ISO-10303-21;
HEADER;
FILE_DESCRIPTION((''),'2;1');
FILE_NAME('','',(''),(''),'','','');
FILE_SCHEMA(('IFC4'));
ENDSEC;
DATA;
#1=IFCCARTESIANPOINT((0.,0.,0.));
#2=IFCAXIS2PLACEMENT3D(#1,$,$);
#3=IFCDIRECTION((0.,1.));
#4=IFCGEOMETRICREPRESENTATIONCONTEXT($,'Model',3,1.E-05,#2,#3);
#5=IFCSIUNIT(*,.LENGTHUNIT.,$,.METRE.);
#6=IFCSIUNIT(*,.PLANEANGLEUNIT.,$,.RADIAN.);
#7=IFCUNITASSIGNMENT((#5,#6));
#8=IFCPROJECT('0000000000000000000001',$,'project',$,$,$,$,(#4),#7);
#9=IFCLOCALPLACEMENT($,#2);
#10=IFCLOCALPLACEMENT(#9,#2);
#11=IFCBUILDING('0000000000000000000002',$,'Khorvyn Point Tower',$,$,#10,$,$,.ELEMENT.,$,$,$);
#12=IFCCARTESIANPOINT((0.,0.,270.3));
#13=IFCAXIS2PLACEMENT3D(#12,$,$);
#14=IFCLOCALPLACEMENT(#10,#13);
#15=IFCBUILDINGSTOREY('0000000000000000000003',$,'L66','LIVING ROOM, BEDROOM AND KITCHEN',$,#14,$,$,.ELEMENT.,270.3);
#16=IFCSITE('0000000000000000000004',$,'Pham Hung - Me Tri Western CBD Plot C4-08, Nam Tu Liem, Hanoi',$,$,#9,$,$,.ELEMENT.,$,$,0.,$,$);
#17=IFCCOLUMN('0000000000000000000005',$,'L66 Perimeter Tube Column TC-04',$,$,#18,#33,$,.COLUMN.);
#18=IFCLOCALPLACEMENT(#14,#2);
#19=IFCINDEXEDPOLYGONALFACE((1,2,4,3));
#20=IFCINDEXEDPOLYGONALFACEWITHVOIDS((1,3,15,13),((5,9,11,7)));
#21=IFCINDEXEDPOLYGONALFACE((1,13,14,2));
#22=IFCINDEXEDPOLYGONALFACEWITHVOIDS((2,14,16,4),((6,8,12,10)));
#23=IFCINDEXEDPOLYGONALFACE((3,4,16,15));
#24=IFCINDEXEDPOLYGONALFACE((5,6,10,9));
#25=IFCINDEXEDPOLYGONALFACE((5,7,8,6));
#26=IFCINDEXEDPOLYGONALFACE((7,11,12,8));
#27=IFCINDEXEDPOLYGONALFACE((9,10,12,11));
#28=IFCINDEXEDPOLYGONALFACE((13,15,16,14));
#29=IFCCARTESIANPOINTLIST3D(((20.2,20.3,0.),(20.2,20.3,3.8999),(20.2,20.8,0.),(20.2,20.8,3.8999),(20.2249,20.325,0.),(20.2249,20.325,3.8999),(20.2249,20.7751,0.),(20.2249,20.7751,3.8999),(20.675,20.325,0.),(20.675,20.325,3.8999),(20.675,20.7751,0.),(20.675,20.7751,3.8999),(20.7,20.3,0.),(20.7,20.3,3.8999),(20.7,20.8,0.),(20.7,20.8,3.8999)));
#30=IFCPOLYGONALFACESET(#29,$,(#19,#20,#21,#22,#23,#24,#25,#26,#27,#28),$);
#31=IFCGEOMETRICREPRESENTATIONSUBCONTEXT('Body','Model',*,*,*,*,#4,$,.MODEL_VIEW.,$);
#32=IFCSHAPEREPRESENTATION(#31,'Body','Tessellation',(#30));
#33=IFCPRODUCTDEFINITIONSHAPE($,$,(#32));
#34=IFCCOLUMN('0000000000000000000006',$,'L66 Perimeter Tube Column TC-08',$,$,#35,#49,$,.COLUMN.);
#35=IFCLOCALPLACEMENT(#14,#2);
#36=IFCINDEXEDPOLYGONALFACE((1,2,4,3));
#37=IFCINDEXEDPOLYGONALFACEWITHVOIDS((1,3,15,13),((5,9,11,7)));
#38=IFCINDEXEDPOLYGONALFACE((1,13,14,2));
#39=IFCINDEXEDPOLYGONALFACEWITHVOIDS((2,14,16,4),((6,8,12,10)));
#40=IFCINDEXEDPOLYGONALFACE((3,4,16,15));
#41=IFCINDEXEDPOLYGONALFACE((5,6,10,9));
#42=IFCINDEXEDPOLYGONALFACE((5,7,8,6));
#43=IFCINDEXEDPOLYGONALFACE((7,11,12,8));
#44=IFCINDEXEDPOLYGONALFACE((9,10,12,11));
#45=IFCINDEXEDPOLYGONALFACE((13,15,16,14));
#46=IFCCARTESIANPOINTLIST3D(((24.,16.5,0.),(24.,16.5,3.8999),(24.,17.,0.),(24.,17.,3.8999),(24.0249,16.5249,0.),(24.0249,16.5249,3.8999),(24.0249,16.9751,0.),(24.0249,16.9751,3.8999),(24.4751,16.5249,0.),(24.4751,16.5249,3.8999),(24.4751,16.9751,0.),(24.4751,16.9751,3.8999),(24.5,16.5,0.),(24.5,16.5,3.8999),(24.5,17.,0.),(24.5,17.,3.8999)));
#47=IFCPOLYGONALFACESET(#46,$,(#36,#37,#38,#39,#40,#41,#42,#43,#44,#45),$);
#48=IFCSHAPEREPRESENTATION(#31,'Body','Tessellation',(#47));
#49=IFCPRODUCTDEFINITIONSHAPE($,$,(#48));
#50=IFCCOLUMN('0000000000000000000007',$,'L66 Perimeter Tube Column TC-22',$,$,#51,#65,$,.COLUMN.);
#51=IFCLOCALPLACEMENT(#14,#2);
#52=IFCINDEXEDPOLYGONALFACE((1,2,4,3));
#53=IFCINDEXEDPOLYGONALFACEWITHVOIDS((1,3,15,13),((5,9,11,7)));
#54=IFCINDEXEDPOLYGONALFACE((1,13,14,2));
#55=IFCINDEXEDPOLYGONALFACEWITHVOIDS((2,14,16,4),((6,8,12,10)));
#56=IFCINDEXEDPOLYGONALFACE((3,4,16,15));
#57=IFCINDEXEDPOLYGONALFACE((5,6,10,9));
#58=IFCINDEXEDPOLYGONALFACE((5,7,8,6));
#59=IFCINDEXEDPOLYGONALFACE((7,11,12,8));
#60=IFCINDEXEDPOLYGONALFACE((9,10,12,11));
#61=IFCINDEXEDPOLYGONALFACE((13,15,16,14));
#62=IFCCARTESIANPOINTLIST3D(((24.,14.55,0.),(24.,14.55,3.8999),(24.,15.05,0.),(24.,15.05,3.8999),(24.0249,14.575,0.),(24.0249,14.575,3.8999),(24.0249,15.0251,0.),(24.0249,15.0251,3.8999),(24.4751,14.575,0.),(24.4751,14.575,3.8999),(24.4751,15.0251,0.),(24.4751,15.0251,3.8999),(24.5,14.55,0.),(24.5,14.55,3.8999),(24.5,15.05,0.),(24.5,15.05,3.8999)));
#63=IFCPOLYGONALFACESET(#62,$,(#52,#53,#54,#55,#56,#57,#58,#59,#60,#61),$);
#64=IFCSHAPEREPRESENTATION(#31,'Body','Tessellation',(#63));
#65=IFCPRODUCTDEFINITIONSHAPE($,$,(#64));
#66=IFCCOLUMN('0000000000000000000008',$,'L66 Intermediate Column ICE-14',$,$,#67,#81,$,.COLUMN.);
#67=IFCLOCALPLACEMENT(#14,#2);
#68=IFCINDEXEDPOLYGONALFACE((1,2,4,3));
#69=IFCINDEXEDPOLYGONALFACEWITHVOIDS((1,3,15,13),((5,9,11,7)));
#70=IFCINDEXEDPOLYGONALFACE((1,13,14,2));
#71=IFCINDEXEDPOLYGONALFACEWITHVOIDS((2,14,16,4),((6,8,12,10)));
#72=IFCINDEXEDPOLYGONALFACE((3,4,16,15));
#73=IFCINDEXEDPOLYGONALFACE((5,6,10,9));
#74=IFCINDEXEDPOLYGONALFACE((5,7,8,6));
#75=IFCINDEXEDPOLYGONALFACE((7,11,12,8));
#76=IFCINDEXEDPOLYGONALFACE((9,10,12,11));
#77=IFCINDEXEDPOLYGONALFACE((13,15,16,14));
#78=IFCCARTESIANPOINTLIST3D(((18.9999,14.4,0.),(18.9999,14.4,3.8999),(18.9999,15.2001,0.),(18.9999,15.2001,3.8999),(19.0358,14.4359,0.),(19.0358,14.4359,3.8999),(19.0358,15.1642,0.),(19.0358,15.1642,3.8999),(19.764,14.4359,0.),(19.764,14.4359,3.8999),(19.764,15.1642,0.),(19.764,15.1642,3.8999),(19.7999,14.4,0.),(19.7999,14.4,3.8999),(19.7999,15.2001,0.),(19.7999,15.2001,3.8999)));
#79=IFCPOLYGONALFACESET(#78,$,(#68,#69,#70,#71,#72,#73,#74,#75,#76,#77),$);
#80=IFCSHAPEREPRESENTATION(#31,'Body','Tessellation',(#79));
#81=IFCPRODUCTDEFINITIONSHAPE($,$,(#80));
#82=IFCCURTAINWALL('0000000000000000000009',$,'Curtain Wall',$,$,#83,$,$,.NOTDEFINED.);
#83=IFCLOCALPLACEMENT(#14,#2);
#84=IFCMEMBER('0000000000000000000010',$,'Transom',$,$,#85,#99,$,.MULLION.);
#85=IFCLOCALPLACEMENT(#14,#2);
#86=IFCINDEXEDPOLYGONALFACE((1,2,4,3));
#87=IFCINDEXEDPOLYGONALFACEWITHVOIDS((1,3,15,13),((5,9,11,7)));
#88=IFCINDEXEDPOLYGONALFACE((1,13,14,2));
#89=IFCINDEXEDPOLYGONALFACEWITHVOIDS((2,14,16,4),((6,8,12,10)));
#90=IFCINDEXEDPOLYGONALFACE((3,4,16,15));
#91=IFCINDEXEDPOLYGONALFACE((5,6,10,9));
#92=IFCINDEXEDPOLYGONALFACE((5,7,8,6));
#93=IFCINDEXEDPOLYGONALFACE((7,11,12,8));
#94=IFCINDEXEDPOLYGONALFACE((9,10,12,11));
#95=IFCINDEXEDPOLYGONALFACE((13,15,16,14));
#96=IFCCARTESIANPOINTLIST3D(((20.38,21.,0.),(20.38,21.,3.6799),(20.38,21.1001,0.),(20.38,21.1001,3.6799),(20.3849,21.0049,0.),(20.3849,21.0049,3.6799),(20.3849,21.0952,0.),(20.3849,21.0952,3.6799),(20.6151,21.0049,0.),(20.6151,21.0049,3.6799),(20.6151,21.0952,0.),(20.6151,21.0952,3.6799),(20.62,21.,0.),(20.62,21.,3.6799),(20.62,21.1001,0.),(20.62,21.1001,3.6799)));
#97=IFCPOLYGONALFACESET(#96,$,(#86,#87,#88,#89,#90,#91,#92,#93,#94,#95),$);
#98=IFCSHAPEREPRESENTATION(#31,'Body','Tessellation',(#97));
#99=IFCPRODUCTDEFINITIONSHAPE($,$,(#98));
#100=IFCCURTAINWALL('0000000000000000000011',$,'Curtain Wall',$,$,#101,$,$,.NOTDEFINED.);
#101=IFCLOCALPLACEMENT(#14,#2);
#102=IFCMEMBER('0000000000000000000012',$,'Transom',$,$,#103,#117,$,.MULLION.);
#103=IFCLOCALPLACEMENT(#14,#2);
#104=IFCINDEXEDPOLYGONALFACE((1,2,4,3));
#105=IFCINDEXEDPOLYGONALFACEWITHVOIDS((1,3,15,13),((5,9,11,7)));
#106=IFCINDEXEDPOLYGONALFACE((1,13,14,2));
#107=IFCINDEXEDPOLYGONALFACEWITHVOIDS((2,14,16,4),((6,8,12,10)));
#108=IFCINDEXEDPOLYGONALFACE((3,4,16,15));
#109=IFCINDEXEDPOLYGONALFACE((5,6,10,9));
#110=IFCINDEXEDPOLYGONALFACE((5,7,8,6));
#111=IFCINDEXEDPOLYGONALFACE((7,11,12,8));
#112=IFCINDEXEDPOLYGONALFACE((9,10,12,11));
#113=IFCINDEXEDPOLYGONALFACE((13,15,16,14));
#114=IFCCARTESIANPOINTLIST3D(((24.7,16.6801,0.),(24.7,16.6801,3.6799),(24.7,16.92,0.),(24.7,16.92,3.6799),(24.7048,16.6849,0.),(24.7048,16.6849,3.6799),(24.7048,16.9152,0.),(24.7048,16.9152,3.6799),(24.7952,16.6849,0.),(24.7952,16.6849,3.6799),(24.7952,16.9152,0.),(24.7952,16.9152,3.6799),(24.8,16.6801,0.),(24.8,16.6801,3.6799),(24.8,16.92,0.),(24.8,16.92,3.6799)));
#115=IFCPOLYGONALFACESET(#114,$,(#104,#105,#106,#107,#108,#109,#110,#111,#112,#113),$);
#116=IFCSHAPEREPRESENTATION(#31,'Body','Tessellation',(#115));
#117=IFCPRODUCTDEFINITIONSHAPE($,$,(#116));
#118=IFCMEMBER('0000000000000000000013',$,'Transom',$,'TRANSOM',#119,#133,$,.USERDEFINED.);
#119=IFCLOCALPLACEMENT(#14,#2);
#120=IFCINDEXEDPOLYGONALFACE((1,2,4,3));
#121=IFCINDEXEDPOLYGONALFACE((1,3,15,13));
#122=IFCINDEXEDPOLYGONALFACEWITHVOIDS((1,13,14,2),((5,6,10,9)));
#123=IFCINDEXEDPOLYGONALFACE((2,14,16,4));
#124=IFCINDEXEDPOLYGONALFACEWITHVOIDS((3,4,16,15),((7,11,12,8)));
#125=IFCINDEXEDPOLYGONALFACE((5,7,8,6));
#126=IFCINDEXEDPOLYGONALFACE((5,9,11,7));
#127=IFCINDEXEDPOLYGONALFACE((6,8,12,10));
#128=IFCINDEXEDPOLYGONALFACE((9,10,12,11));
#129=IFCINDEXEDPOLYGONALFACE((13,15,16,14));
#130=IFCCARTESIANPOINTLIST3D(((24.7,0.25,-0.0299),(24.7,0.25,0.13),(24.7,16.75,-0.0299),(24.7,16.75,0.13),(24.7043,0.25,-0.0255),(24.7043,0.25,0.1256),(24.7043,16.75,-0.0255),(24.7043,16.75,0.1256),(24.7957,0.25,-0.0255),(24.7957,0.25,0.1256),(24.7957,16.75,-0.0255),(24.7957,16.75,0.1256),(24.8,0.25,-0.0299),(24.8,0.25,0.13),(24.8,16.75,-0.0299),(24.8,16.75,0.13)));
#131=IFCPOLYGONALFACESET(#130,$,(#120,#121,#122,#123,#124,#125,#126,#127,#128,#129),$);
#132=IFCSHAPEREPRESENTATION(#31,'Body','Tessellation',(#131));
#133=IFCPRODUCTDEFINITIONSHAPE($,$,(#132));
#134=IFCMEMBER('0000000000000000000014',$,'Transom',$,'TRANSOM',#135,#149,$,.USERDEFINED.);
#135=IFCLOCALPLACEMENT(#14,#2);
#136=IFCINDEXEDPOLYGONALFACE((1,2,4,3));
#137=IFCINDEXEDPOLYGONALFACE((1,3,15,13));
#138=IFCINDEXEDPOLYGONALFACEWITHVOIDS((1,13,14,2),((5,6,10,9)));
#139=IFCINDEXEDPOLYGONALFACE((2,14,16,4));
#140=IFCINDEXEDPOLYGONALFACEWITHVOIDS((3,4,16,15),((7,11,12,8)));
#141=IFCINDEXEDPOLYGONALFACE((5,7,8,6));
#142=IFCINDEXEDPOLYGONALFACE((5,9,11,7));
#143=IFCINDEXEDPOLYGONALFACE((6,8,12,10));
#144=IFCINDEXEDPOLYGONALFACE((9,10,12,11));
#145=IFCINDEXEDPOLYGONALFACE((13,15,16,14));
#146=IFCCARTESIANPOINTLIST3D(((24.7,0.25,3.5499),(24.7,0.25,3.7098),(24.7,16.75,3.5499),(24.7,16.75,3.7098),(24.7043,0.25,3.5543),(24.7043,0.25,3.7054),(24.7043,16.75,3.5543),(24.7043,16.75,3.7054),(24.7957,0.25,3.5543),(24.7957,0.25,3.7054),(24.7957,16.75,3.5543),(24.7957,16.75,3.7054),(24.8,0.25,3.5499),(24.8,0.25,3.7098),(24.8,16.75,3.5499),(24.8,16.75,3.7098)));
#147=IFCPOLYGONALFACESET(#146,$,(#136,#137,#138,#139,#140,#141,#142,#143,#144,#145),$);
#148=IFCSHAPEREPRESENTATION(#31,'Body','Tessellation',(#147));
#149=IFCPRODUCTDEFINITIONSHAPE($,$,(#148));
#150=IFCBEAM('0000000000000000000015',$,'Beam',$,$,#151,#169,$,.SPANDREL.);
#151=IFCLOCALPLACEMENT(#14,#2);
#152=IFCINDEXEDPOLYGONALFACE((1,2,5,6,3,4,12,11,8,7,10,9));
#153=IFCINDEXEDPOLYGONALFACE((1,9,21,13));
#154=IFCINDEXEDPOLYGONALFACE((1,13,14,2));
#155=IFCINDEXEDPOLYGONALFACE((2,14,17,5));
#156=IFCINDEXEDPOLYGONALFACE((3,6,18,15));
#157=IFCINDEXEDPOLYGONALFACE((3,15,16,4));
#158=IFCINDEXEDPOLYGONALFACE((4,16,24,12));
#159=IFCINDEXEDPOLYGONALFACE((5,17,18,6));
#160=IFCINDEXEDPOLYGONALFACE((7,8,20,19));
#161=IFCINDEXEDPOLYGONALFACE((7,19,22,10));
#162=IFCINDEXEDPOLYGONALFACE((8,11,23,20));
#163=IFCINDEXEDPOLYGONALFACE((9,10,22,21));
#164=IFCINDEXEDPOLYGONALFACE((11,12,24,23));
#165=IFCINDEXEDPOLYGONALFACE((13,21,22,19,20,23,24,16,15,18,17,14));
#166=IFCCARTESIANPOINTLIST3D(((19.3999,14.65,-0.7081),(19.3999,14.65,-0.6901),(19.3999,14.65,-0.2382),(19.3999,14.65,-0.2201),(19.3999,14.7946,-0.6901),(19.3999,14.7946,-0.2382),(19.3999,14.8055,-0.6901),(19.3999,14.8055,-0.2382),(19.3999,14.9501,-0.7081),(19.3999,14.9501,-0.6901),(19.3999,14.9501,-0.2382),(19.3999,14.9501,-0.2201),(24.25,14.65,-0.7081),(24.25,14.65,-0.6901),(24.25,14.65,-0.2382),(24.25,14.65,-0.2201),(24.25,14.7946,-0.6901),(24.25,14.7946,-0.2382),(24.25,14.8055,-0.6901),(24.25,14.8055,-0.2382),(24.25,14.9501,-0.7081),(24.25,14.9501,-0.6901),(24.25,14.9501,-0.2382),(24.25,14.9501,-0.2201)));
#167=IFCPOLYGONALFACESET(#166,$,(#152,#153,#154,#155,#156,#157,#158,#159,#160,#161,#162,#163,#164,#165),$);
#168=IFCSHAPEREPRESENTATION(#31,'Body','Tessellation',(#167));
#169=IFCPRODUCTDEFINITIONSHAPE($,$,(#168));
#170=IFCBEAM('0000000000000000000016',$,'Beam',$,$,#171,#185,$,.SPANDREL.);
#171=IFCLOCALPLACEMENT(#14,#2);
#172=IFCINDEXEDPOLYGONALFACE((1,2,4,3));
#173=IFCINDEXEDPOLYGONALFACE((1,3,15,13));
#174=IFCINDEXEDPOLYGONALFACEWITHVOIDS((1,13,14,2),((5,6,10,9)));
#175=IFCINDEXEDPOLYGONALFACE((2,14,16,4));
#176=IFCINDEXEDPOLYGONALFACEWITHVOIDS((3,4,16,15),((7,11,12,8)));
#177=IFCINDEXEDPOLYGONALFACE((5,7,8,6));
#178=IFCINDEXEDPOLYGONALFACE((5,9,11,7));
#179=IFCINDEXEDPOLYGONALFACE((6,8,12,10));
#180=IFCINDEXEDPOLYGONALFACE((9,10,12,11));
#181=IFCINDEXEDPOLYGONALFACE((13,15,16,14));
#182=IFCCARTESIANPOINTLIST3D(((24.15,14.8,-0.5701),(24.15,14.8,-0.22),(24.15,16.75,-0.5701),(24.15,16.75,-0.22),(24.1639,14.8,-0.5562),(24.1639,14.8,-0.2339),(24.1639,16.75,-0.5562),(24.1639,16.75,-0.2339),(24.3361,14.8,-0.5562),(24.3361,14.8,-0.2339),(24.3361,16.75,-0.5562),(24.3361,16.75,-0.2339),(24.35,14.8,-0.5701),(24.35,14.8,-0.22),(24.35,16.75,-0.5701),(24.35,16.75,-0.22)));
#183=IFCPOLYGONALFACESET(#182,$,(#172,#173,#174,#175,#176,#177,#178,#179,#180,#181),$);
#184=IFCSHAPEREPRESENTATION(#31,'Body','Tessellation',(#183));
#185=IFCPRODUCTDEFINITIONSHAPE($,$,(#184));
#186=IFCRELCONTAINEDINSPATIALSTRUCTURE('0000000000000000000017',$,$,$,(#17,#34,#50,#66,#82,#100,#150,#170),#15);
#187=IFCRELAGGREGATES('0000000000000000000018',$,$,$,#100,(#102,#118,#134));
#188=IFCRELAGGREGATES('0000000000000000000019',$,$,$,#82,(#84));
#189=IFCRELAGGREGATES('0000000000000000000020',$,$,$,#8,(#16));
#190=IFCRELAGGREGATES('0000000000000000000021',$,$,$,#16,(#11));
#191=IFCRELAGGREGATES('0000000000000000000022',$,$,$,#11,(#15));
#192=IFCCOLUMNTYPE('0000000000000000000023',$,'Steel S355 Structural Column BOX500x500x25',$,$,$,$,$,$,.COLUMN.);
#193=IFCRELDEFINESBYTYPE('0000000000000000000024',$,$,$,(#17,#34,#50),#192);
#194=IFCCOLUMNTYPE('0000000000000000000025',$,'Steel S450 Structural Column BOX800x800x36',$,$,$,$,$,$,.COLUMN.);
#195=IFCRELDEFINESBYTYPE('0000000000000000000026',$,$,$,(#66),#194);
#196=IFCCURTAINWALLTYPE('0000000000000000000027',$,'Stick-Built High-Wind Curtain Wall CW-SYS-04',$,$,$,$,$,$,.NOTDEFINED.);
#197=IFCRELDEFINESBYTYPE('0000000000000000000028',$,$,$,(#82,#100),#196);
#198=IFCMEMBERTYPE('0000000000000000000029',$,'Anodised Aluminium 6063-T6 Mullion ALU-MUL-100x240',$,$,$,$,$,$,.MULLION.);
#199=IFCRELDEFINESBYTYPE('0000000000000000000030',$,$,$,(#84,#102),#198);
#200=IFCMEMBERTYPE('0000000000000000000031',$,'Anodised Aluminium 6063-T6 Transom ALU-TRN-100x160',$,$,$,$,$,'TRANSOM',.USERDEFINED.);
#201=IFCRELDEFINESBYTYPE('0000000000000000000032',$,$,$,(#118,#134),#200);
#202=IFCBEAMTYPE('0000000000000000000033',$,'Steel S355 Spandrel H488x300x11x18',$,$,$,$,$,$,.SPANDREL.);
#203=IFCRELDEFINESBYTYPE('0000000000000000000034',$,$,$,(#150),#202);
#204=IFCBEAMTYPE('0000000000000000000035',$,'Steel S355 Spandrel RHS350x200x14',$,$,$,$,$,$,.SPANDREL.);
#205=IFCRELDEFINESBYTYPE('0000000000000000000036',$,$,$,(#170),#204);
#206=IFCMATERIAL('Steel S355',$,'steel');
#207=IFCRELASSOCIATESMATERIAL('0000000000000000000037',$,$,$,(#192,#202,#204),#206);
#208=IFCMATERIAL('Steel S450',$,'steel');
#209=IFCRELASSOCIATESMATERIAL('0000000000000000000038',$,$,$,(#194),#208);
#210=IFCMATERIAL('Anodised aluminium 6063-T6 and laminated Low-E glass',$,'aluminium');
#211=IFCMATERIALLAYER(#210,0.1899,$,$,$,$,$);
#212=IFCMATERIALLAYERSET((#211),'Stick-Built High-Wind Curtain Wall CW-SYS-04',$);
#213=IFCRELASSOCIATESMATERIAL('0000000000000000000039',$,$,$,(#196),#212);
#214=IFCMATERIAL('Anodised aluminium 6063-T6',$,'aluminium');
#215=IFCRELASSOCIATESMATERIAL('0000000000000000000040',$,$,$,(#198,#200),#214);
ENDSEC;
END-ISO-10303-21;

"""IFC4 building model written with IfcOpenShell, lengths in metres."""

from ifc_helpers import new_model, si_unit, direction, frame, origin, origin_2d, place, context, subcontext, project, spatial, hollow_rectangle, i_section, extrude, material, layer, layer_set, material_profile, profile_set, type_object, element, aggregate, save


model = new_model("IFC4")

# Units and contexts
model_context = context("Model", 3, precision=1e-05, world=origin(), true_north=direction((0.0, 1.0)))
body_context = subcontext(model_context, "Body", "Model", "MODEL_VIEW")
ifc_project = project(units=[si_unit("LENGTHUNIT", "METRE"), si_unit("PLANEANGLEUNIT", "RADIAN")], contexts=[model_context])

# Site, building, storey
site_placement = place(None, origin())
site = spatial("IfcSite", under=ifc_project, at=site_placement, Name="Pham Hung - Me Tri Western CBD Plot C4-08, Nam Tu Liem, Hanoi", CompositionType="ELEMENT", RefElevation=0.0)
building_placement = place(site_placement, origin())
building = spatial("IfcBuilding", under=site, at=building_placement, Name="Khorvyn Point Tower", CompositionType="ELEMENT")
storey_placement = place(building_placement, frame((0.0, 0.0, 270.3)))
storey = spatial("IfcBuildingStorey", under=building, at=storey_placement, Name="L66", Description="LIVING ROOM, BEDROOM AND KITCHEN", CompositionType="ELEMENT", Elevation=270.3)

# Columns
ifc_material_1 = material(Name="Steel S355", Category="steel")
ifc_material_profile_1 = material_profile(ifc_material_1, hollow_rectangle(XDim=0.5, YDim=0.5, WallThickness=0.0249, at=origin_2d()))
ifc_profile_set_1 = profile_set([ifc_material_profile_1], Name="Steel S355 BOX500x500x25")
column_type_1 = type_object("IfcColumnType", Name="Steel S355 Structural Column BOX500x500x25", PredefinedType="COLUMN", material=ifc_profile_set_1)
for number, where, z_axis, x_axis, name in (
    (1, (20.45, 20.55, 0.0), (0.0, 0.0, 1.0), (1.0, 0.0, 0.0), "L66 Perimeter Tube Column TC-04"),
    (2, (24.25, 16.75, 0.0), (0.0, 0.0, 1.0), (1.0, 0.0, 0.0), "L66 Perimeter Tube Column TC-08"),
    (3, (24.25, 14.8, 0.0), (0.0, 0.0, 1.0), (1.0, 0.0, 0.0), "L66 Perimeter Tube Column TC-22"),
):
    element("IfcColumn", number, at=place(storey_placement, frame(where, z_axis=z_axis, x_axis=x_axis)), inside=storey, type_object=column_type_1, Name=name, PredefinedType="COLUMN", context=body_context, shape_type="SweptSolid", body=[
        extrude(hollow_rectangle(XDim=0.5, YDim=0.5, WallThickness=0.0249, at=origin_2d()), origin(), (0.0, 0.0, 1.0), 3.8999),
    ])
ifc_material_2 = material(Name="Steel S450", Category="steel")
ifc_material_profile_2 = material_profile(ifc_material_2, hollow_rectangle(XDim=0.8, YDim=0.8, WallThickness=0.0359, at=origin_2d()))
ifc_profile_set_2 = profile_set([ifc_material_profile_2], Name="Steel S450 BOX800x800x36")
column_type_2 = type_object("IfcColumnType", Name="Steel S450 Structural Column BOX800x800x36", PredefinedType="COLUMN", material=ifc_profile_set_2)
column_placement = place(storey_placement, frame((19.3999, 14.8, 0.0), z_axis=(0.0, 0.0, 1.0), x_axis=(1.0, 0.0, 0.0)))
element("IfcColumn", 4, at=column_placement, inside=storey, type_object=column_type_2, Name="L66 Intermediate Column ICE-14", PredefinedType="COLUMN", context=body_context, shape_type="SweptSolid", body=[
    extrude(hollow_rectangle(XDim=0.8, YDim=0.8, WallThickness=0.0359, at=origin_2d()), origin(), (0.0, 0.0, 1.0), 3.8999),
])

# Curtain wall, member
ifc_material_3 = material(Name="Anodised aluminium 6063-T6 and laminated Low-E glass", Category="aluminium")
ifc_layer_1 = layer(ifc_material_3, 0.1899)
ifc_layer_set_1 = layer_set([ifc_layer_1], Name="Stick-Built High-Wind Curtain Wall CW-SYS-04")
curtain_wall_type = type_object("IfcCurtainWallType", Name="Stick-Built High-Wind Curtain Wall CW-SYS-04", PredefinedType="NOTDEFINED", material=ifc_layer_set_1)
curtain_wall_1_placement = place(storey_placement, origin())
curtain_wall_1 = element("IfcCurtainWall", 5, at=curtain_wall_1_placement, inside=storey, type_object=curtain_wall_type, Name="Curtain Wall", PredefinedType="NOTDEFINED")
ifc_material_4 = material(Name="Anodised aluminium 6063-T6", Category="aluminium")
ifc_material_profile_3 = material_profile(ifc_material_4, hollow_rectangle(XDim=0.1001, YDim=0.24, WallThickness=0.0049, at=origin_2d()))
ifc_profile_set_3 = profile_set([ifc_material_profile_3], Name="Anodised aluminium 6063-T6 ALU-MUL-100x240")
member_type_1 = type_object("IfcMemberType", Name="Anodised Aluminium 6063-T6 Mullion ALU-MUL-100x240", PredefinedType="MULLION", material=ifc_profile_set_3)
member_1_placement = place(storey_placement, frame((20.5, 21.05, 0.0), z_axis=(0.0, 0.0, 1.0), x_axis=(0.0, 1.0, 0.0)))
member_1 = element("IfcMember", 6, at=member_1_placement, type_object=member_type_1, Name="Transom", PredefinedType="MULLION", context=body_context, shape_type="SweptSolid", body=[
    extrude(hollow_rectangle(XDim=0.1001, YDim=0.24, WallThickness=0.0049, at=origin_2d()), origin(), (0.0, 0.0, 1.0), 3.6799),
])

# Curtain wall, members
curtain_wall_2_placement = place(storey_placement, origin())
curtain_wall_2 = element("IfcCurtainWall", 7, at=curtain_wall_2_placement, inside=storey, type_object=curtain_wall_type, Name="Curtain Wall", PredefinedType="NOTDEFINED")
member_2_placement = place(storey_placement, frame((24.75, 16.8, 0.0), z_axis=(0.0, 0.0, 1.0), x_axis=(1.0, 0.0, 0.0)))
member_2 = element("IfcMember", 8, at=member_2_placement, type_object=member_type_1, Name="Transom", PredefinedType="MULLION", context=body_context, shape_type="SweptSolid", body=[
    extrude(hollow_rectangle(XDim=0.1001, YDim=0.24, WallThickness=0.0049, at=origin_2d()), origin(), (0.0, 0.0, 1.0), 3.6799),
])
ifc_material_profile_4 = material_profile(ifc_material_4, hollow_rectangle(XDim=0.1001, YDim=0.1599, WallThickness=0.0044, at=origin_2d()))
ifc_profile_set_4 = profile_set([ifc_material_profile_4], Name="Anodised aluminium 6063-T6 ALU-TRN-100x160")
member_type_2 = type_object("IfcMemberType", Name="Anodised Aluminium 6063-T6 Transom ALU-TRN-100x160", ElementType="TRANSOM", PredefinedType="USERDEFINED", material=ifc_profile_set_4)
member_3_placement = place(storey_placement, frame((24.75, 16.75, 0.05), z_axis=(0.0, -1.0, 0.0), x_axis=(1.0, 0.0, 0.0)))
member_3 = element("IfcMember", 9, at=member_3_placement, type_object=member_type_2, Name="Transom", ObjectType="TRANSOM", PredefinedType="USERDEFINED", context=body_context, shape_type="SweptSolid", body=[
    extrude(hollow_rectangle(XDim=0.1001, YDim=0.1599, WallThickness=0.0044, at=origin_2d()), origin(), (0.0, 0.0, 1.0), 16.5),
])
member_4_placement = place(storey_placement, frame((24.75, 16.75, 3.6299), z_axis=(0.0, -1.0, 0.0), x_axis=(1.0, 0.0, 0.0)))
member_4 = element("IfcMember", 10, at=member_4_placement, type_object=member_type_2, Name="Transom", ObjectType="TRANSOM", PredefinedType="USERDEFINED", context=body_context, shape_type="SweptSolid", body=[
    extrude(hollow_rectangle(XDim=0.1001, YDim=0.1599, WallThickness=0.0044, at=origin_2d()), origin(), (0.0, 0.0, 1.0), 16.5),
])
aggregate(curtain_wall_2, [member_2, member_3, member_4])

# Beams
ifc_material_profile_5 = material_profile(ifc_material_1, i_section(OverallWidth=0.3, OverallDepth=0.488, WebThickness=0.011, FlangeThickness=0.0181, at=origin_2d()))
ifc_profile_set_5 = profile_set([ifc_material_profile_5], Name="Steel S355 H488x300x11x18")
beam_type_1 = type_object("IfcBeamType", Name="Steel S355 Spandrel H488x300x11x18", PredefinedType="SPANDREL", material=ifc_profile_set_5)
beam_1_placement = place(storey_placement, frame((19.3999, 14.8, -0.4641), z_axis=(1.0, 0.0, 0.0), x_axis=(0.0, 1.0, 0.0)))
element("IfcBeam", 11, at=beam_1_placement, inside=storey, type_object=beam_type_1, Name="Beam", PredefinedType="SPANDREL", context=body_context, shape_type="SweptSolid", body=[
    extrude(i_section(OverallWidth=0.3, OverallDepth=0.488, WebThickness=0.011, FlangeThickness=0.0181, at=origin_2d()), origin(), (0.0, 0.0, 1.0), 4.8501),
])
ifc_material_profile_6 = material_profile(ifc_material_1, hollow_rectangle(XDim=0.2, YDim=0.3501, WallThickness=0.0139, at=origin_2d()))
ifc_profile_set_6 = profile_set([ifc_material_profile_6], Name="Steel S355 RHS350x200x14")
beam_type_2 = type_object("IfcBeamType", Name="Steel S355 Spandrel RHS350x200x14", PredefinedType="SPANDREL", material=ifc_profile_set_6)
beam_2_placement = place(storey_placement, frame((24.25, 14.8, -0.395), z_axis=(0.0, 1.0, 0.0), x_axis=(-1.0, 0.0, 0.0)))
element("IfcBeam", 12, at=beam_2_placement, inside=storey, type_object=beam_type_2, Name="Beam", PredefinedType="SPANDREL", context=body_context, shape_type="SweptSolid", body=[
    extrude(hollow_rectangle(XDim=0.2, YDim=0.3501, WallThickness=0.0139, at=origin_2d()), origin(), (0.0, 0.0, 1.0), 1.95),
])

aggregate(curtain_wall_1, [member_1])

save(model, "model.ifc")
